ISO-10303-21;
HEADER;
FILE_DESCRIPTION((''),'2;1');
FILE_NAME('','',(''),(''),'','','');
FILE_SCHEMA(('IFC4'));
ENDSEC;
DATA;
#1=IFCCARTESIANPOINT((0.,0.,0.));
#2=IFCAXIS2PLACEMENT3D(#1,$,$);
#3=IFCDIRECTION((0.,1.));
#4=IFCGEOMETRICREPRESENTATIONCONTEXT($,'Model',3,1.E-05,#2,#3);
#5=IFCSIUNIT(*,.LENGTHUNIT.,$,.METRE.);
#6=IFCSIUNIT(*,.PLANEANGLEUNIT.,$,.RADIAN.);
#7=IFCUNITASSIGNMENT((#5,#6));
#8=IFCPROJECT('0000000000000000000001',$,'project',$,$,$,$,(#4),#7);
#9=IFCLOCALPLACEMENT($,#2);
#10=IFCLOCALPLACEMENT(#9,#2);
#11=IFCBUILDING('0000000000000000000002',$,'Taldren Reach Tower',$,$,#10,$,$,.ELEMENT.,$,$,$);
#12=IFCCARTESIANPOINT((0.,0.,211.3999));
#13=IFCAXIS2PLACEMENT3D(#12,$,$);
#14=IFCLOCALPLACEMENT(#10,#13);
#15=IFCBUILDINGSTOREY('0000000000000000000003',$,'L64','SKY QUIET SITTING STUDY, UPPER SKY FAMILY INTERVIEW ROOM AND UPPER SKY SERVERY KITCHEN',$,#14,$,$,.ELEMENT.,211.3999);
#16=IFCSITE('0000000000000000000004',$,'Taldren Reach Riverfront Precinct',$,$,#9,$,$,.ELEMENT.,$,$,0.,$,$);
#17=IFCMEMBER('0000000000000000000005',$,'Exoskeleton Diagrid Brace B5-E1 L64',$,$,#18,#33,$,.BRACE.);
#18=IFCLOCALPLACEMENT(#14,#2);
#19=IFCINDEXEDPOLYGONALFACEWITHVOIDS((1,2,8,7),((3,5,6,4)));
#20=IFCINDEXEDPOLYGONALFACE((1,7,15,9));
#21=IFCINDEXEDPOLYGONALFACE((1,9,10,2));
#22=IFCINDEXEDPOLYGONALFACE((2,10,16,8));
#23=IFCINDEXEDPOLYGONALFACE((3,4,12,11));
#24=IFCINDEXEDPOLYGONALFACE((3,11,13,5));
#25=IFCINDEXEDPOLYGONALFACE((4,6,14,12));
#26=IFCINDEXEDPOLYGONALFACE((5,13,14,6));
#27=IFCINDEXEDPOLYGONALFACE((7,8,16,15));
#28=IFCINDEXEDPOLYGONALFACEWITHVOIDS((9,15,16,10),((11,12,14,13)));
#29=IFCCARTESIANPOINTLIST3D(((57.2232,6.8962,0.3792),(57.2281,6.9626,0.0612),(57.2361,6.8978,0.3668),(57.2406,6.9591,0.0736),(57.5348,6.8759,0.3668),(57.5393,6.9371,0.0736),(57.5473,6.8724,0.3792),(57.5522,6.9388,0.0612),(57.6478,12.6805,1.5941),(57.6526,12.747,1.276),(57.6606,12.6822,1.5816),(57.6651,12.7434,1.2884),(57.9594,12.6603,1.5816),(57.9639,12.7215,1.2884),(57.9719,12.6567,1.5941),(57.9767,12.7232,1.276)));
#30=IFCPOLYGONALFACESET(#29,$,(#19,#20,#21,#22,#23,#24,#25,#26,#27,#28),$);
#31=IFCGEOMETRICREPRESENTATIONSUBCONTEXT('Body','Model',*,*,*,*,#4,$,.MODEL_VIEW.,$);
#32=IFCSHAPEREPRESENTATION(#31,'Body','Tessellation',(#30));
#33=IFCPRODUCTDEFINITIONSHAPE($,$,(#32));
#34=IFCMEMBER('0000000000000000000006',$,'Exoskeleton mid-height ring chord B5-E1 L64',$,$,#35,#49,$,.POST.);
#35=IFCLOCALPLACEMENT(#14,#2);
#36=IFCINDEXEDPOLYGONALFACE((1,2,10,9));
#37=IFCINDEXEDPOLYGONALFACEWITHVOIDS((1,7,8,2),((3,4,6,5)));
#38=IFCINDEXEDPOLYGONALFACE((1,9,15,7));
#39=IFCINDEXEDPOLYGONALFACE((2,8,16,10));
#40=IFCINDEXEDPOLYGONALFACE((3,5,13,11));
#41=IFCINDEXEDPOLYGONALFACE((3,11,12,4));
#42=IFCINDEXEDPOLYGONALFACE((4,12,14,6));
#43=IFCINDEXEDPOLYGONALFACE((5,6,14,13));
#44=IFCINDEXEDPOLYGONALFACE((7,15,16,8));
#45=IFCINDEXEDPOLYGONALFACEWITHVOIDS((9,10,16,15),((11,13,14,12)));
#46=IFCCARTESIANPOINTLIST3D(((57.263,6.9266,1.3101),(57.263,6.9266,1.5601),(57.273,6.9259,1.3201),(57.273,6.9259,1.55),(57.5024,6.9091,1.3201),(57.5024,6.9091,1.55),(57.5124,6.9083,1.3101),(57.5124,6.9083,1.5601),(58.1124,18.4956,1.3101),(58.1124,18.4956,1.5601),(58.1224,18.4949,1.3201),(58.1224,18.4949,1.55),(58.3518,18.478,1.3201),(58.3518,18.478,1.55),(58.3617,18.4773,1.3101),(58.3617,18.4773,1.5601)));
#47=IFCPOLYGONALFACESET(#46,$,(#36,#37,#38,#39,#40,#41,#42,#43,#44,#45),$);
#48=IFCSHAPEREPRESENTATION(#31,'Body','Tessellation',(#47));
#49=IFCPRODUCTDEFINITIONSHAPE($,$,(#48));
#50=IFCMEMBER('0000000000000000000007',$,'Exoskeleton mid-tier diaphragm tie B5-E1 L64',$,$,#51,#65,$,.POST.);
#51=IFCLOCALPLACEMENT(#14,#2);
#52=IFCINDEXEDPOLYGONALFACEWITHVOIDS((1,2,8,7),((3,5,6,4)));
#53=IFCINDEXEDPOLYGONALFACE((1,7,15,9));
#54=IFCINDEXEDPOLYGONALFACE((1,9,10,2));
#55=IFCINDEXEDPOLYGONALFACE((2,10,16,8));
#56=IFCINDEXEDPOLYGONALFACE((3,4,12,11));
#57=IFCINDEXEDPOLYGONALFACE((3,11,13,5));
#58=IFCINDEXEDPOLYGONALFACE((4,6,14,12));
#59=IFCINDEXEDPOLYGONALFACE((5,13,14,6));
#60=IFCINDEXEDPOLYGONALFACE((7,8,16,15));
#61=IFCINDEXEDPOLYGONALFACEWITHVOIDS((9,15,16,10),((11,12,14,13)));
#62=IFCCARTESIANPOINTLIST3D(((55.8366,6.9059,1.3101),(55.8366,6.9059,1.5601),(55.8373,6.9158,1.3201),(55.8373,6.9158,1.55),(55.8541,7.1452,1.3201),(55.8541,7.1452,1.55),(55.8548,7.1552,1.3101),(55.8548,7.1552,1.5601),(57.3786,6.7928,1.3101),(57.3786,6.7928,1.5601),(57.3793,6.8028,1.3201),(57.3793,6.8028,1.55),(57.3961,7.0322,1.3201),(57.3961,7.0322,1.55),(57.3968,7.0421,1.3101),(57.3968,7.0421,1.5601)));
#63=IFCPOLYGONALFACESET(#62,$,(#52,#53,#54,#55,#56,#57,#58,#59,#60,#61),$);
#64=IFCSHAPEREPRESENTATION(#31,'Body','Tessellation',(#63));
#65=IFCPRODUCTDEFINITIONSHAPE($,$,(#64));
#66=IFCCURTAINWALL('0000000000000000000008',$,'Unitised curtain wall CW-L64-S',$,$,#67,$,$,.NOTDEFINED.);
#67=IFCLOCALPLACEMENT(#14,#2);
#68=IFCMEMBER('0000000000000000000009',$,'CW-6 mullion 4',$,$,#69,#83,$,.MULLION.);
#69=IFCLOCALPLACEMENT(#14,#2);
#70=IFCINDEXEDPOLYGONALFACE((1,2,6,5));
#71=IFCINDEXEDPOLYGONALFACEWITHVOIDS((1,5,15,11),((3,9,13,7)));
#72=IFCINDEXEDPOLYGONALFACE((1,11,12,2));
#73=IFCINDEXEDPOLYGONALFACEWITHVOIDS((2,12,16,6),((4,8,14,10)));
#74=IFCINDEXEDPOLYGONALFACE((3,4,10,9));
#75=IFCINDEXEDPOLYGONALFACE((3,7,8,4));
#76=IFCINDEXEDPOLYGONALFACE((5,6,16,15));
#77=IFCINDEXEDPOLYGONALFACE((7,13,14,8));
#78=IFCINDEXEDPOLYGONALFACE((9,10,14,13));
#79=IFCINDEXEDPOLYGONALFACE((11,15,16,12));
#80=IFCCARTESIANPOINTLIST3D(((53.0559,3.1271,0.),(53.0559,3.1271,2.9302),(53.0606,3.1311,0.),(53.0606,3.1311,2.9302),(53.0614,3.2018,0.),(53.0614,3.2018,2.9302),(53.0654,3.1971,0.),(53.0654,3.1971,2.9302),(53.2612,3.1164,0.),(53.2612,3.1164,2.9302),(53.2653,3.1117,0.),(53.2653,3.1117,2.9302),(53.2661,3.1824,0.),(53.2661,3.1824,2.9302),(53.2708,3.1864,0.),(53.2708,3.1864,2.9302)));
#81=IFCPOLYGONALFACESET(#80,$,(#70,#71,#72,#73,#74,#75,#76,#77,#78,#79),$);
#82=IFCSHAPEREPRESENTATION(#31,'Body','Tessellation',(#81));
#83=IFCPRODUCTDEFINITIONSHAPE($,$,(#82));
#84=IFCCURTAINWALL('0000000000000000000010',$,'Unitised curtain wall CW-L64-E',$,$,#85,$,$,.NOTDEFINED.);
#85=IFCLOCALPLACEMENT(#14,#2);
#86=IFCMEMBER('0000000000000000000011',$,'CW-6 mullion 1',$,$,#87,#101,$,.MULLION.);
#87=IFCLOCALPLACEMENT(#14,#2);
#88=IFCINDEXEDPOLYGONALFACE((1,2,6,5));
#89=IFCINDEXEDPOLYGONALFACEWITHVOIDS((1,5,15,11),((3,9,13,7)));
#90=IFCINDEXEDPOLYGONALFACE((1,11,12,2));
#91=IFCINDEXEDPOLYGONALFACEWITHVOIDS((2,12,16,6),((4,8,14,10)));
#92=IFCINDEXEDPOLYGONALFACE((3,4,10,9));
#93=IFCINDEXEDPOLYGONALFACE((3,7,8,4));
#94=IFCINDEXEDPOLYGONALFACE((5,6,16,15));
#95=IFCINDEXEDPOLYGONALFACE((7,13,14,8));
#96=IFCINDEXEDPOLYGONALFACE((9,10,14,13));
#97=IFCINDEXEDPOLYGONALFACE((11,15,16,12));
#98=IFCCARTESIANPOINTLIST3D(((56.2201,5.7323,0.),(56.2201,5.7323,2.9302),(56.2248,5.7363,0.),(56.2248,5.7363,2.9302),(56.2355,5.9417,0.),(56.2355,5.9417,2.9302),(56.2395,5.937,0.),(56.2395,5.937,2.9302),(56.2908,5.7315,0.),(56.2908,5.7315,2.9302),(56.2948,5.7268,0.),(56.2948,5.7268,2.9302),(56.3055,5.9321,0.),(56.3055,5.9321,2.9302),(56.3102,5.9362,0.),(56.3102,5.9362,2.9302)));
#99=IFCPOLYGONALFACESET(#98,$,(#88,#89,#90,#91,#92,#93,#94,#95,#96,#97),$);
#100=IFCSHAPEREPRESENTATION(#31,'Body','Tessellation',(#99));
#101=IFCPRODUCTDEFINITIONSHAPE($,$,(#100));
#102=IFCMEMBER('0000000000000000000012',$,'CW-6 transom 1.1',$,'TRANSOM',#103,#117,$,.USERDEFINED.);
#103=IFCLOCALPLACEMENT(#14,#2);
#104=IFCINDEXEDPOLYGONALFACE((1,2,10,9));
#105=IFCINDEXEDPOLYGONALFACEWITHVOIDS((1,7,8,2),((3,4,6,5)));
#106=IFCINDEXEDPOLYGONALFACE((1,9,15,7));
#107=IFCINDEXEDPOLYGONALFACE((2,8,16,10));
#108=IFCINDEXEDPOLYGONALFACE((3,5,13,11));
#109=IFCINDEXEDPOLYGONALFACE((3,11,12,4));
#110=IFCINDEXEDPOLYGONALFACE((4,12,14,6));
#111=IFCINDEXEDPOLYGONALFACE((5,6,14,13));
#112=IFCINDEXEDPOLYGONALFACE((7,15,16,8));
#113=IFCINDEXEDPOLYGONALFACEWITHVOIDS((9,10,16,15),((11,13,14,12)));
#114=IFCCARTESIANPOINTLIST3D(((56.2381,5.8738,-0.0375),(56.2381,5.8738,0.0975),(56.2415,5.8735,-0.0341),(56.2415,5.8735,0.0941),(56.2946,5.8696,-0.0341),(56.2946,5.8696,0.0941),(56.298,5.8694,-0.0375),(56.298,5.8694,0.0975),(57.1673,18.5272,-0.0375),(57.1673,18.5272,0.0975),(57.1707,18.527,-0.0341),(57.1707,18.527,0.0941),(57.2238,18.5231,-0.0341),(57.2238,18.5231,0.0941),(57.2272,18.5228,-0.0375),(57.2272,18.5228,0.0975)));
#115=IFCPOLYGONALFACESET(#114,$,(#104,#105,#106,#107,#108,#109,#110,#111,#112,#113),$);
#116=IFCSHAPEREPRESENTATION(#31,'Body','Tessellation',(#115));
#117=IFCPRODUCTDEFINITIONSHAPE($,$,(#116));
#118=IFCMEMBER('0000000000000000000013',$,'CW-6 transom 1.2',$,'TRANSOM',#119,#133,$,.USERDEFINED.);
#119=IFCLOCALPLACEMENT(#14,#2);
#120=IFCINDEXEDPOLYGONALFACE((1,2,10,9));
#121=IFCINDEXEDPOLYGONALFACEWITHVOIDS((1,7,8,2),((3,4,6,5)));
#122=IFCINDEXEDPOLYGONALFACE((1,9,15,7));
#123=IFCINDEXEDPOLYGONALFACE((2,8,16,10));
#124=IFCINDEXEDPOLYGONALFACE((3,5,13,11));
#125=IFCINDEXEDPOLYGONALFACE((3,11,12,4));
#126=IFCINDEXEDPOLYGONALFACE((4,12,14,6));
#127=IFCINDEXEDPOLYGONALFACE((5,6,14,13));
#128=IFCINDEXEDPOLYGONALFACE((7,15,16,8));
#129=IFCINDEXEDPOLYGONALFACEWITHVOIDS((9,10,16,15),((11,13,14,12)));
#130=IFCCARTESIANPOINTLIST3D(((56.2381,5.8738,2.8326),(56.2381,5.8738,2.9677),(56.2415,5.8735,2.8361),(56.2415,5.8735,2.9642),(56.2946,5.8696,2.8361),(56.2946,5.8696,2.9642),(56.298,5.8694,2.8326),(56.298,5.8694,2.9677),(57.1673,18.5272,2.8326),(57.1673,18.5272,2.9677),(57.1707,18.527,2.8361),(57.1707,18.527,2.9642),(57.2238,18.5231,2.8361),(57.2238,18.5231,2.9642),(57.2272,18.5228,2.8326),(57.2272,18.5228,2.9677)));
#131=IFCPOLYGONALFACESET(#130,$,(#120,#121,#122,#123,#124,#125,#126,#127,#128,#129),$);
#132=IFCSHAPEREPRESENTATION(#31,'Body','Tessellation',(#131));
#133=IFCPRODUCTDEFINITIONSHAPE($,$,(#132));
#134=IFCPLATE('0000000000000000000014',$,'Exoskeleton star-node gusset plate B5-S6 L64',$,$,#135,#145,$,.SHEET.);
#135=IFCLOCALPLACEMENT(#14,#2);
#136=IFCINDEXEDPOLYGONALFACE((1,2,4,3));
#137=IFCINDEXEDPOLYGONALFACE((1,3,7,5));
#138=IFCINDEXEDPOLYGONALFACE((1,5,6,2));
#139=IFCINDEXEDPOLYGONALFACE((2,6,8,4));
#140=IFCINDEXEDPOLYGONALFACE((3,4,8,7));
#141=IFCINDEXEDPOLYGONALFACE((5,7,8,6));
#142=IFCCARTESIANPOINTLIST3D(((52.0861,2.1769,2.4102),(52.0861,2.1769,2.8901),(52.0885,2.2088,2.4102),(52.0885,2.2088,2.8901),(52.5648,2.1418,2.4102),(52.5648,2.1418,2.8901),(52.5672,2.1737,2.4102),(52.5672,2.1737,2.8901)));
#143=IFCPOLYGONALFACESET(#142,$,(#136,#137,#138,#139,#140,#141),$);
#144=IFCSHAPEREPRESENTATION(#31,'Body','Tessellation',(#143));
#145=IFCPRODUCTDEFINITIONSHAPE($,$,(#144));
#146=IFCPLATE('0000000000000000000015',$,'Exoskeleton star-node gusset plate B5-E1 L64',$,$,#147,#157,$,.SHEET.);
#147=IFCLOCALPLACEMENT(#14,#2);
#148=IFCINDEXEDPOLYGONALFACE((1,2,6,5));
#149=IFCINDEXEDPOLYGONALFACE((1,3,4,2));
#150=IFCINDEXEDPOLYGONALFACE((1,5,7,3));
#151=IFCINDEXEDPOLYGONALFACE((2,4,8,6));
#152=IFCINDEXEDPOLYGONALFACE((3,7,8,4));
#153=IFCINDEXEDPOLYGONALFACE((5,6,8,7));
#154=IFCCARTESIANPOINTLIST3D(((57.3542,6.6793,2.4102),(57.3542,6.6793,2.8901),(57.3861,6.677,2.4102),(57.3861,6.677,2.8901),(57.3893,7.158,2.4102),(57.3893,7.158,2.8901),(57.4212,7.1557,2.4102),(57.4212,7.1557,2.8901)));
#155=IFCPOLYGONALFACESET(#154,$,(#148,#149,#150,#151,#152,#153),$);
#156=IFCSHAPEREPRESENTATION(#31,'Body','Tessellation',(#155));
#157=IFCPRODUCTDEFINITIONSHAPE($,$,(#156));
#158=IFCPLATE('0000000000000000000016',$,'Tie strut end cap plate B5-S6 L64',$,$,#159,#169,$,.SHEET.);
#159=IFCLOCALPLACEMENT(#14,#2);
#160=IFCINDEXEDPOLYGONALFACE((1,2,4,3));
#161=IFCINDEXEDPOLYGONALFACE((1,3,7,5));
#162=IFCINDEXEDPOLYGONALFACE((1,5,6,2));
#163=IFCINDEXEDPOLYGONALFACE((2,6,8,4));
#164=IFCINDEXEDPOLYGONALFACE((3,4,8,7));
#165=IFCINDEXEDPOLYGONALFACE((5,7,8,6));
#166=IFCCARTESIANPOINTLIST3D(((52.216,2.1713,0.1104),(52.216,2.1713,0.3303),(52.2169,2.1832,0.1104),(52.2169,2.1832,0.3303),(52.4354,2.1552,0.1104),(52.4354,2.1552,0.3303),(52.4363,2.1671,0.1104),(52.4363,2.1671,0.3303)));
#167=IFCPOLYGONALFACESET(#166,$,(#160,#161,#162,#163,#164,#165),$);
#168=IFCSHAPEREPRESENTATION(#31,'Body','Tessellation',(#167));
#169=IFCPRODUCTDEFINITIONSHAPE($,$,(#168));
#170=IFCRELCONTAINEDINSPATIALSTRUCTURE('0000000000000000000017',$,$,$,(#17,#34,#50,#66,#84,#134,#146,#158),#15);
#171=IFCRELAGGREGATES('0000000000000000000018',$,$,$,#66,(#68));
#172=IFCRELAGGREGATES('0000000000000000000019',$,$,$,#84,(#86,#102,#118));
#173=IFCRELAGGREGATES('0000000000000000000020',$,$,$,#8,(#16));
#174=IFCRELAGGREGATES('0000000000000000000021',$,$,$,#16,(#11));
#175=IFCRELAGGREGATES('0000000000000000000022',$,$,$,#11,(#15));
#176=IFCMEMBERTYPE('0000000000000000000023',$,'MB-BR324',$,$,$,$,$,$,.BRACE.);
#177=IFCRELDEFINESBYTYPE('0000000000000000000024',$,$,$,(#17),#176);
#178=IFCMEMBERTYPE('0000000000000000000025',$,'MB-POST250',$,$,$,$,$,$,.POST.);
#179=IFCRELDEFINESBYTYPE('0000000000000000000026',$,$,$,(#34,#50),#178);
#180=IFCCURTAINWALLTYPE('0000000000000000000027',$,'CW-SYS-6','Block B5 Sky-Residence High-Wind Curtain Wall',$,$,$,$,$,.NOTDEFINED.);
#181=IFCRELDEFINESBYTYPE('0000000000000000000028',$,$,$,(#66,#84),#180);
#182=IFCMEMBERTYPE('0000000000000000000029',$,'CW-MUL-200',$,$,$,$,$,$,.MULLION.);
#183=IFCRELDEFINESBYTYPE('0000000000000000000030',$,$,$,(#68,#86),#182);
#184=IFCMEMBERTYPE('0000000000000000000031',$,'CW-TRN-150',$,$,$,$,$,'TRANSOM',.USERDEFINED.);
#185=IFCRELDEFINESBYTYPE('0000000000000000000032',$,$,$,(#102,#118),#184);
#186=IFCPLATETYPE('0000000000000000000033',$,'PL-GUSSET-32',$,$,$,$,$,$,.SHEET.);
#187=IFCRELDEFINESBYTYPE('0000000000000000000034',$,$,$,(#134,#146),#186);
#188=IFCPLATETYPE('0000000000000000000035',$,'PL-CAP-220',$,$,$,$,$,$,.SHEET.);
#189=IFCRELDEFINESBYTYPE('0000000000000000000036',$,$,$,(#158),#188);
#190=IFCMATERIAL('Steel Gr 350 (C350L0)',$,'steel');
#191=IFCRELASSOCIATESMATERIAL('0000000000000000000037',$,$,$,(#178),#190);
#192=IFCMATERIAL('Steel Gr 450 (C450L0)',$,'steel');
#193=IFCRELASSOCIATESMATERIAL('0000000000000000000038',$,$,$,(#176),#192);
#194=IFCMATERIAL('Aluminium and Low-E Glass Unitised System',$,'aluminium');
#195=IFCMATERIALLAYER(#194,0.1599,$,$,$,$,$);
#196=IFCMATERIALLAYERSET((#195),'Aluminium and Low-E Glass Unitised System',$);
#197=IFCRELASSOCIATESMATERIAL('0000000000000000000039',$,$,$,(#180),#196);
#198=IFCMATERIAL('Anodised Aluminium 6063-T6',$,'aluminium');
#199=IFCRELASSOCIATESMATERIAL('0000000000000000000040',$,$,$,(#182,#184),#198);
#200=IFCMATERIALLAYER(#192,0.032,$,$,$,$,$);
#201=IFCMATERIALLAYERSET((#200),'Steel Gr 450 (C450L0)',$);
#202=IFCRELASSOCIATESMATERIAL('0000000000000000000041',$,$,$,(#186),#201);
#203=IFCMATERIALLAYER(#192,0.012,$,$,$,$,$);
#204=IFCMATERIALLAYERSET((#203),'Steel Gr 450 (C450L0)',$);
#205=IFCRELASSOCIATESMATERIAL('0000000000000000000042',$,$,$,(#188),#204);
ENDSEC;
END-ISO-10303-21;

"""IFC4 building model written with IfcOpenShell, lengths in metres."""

from ifc_helpers import new_model, si_unit, direction, frame, origin, origin_2d, place, context, subcontext, project, spatial, rectangle, hollow_rectangle, extrude, source, transform, mapped, material, layer, layer_set, material_profile, profile_set, type_object, element, aggregate, save


model = new_model("IFC4")

# Units and contexts
model_context = context("Model", 3, precision=1e-05, world=origin(), true_north=direction((0.0, 1.0)))
body_context = subcontext(model_context, "Body", "Model", "MODEL_VIEW")
ifc_project = project(units=[si_unit("LENGTHUNIT", "METRE"), si_unit("PLANEANGLEUNIT", "RADIAN")], contexts=[model_context])

# Site, building, storey
site_placement = place(None, origin())
site = spatial("IfcSite", under=ifc_project, at=site_placement, Name="Taldren Reach Riverfront Precinct", CompositionType="ELEMENT", RefElevation=0.0)
building_placement = place(site_placement, origin())
building = spatial("IfcBuilding", under=site, at=building_placement, Name="Taldren Reach Tower", CompositionType="ELEMENT")
storey_placement = place(building_placement, frame((0.0, 0.0, 211.3999)))
storey = spatial("IfcBuildingStorey", under=building, at=storey_placement, Name="L64", Description="SKY QUIET SITTING STUDY, UPPER SKY FAMILY INTERVIEW ROOM AND UPPER SKY SERVERY KITCHEN", CompositionType="ELEMENT", Elevation=211.3999)

# Shared definitions
ifc_material_1 = material(Name="Steel Gr 350 (C350L0)", Category="steel")

# Shared definitions
ifc_material_profile_1 = material_profile(ifc_material_1, hollow_rectangle(XDim=0.25, YDim=0.25, WallThickness=0.01, at=origin_2d()), Name="250x250x10.0SHS")
ifc_profile_set_1 = profile_set([ifc_material_profile_1], Name="Steel Gr 350 (C350L0)")
member_type_1 = type_object("IfcMemberType", Name="MB-POST250", PredefinedType="POST", material=ifc_profile_set_1)
ifc_material_2 = material(Name="Steel Gr 450 (C450L0)", Category="steel")

# Members
ifc_material_profile_2 = material_profile(ifc_material_2, hollow_rectangle(XDim=0.325, YDim=0.325, WallThickness=0.0127, at=origin_2d()), Name="325x325x12.7SHS")
ifc_profile_set_2 = profile_set([ifc_material_profile_2], Name="Steel Gr 450 (C450L0)")
member_type_2 = type_object("IfcMemberType", Name="MB-BR324", PredefinedType="BRACE", material=ifc_profile_set_2)
shared_shape_1 = source(origin(), body_context, "Body", "SweptSolid", [
    extrude(hollow_rectangle(XDim=0.325, YDim=0.325, WallThickness=0.0127, at=origin_2d()), origin(), (0.0, 0.0, 1.0), 5.9258),
])
member_1_placement = place(storey_placement, frame((57.3877, 6.9175, 0.2202), z_axis=(0.071646, 0.976135, 0.205008), x_axis=(-0.997317, 0.0732, 0.0)))
element("IfcMember", 1, at=member_1_placement, inside=storey, type_object=member_type_2, Name="Exoskeleton Diagrid Brace B5-E1 L64", PredefinedType="BRACE", context=body_context, shape_type="MappedRepresentation", body=[
    mapped(shared_shape_1, transform((0.0, 0.0, 0.0), scale=1.0)),
])
shared_shape_2 = source(origin(), body_context, "Body", "SweptSolid", [
    extrude(hollow_rectangle(XDim=0.25, YDim=0.25, WallThickness=0.01, at=origin_2d()), origin(), (0.0, 0.0, 1.0), 11.6001),
])
member_2_placement = place(storey_placement, frame((57.3877, 6.9175, 1.4351), z_axis=(0.073221, 0.997316, 0.0), x_axis=(-0.997316, 0.073221, 0.0)))
element("IfcMember", 2, at=member_2_placement, inside=storey, type_object=member_type_1, Name="Exoskeleton mid-height ring chord B5-E1 L64", PredefinedType="POST", context=body_context, shape_type="MappedRepresentation", body=[
    mapped(shared_shape_2, transform((0.0, 0.0, 0.0), scale=1.0)),
])
shared_shape_3 = source(origin(), body_context, "Body", "SweptSolid", [
    extrude(hollow_rectangle(XDim=0.25, YDim=0.25, WallThickness=0.01, at=origin_2d()), origin(), (0.0, 0.0, 1.0), 1.5461),
])
member_3_placement = place(storey_placement, frame((55.8457, 7.0305, 1.4351), z_axis=(0.997324, -0.07311, 0.0), x_axis=(0.07311, 0.997324, 0.0)))
element("IfcMember", 3, at=member_3_placement, inside=storey, type_object=member_type_1, Name="Exoskeleton mid-tier diaphragm tie B5-E1 L64", PredefinedType="POST", context=body_context, shape_type="MappedRepresentation", body=[
    mapped(shared_shape_3, transform((0.0, 0.0, 0.0), scale=1.0)),
])

# Curtain wall, member
ifc_material_3 = material(Name="Aluminium and Low-E Glass Unitised System", Category="aluminium")
ifc_layer_1 = layer(ifc_material_3, 0.1599)
ifc_layer_set_1 = layer_set([ifc_layer_1], Name="Aluminium and Low-E Glass Unitised System")
curtain_wall_type = type_object("IfcCurtainWallType", Name="CW-SYS-6", Description="Block B5 Sky-Residence High-Wind Curtain Wall", PredefinedType="NOTDEFINED", material=ifc_layer_set_1)
curtain_wall_1_placement = place(storey_placement, origin())
curtain_wall_1 = element("IfcCurtainWall", 4, at=curtain_wall_1_placement, inside=storey, type_object=curtain_wall_type, Name="Unitised curtain wall CW-L64-S", PredefinedType="NOTDEFINED")
ifc_material_4 = material(Name="Anodised Aluminium 6063-T6", Category="aluminium")
ifc_material_profile_3 = material_profile(ifc_material_4, hollow_rectangle(XDim=0.075, YDim=0.21, WallThickness=0.0044, at=origin_2d()), Name="ALU-210x75x4.5RHS")
ifc_profile_set_3 = profile_set([ifc_material_profile_3], Name="Anodised Aluminium 6063-T6")
member_type_3 = type_object("IfcMemberType", Name="CW-MUL-200", PredefinedType="MULLION", material=ifc_profile_set_3)
shared_shape_4 = source(origin(), body_context, "Body", "SweptSolid", [
    extrude(hollow_rectangle(XDim=0.075, YDim=0.21, WallThickness=0.0044, at=origin_2d()), origin(), (0.0, 0.0, 1.0), 2.9302),
])
member_4_placement = place(storey_placement, frame((53.1633, 3.1567, 0.0), z_axis=(0.0, 0.0, 1.0), x_axis=(0.073238, 0.997314, 0.0)))
member_4 = element("IfcMember", 5, at=member_4_placement, type_object=member_type_3, Name="CW-6 mullion 4", PredefinedType="MULLION", context=body_context, shape_type="MappedRepresentation", body=[
    mapped(shared_shape_4, transform((0.0, 0.0, 0.0), scale=1.0)),
])
aggregate(curtain_wall_1, [member_4])

# Curtain wall, members
curtain_wall_2_placement = place(storey_placement, origin())
curtain_wall_2 = element("IfcCurtainWall", 6, at=curtain_wall_2_placement, inside=storey, type_object=curtain_wall_type, Name="Unitised curtain wall CW-L64-E", PredefinedType="NOTDEFINED")
member_5_placement = place(storey_placement, frame((56.2651, 5.8342, 0.0), z_axis=(0.0, 0.0, 1.0), x_axis=(-0.997314, 0.073238, 0.0)))
member_5 = element("IfcMember", 7, at=member_5_placement, type_object=member_type_3, Name="CW-6 mullion 1", PredefinedType="MULLION", context=body_context, shape_type="MappedRepresentation", body=[
    mapped(shared_shape_4, transform((0.0, 0.0, 0.0), scale=1.0)),
])
ifc_material_profile_4 = material_profile(ifc_material_4, hollow_rectangle(XDim=0.0601, YDim=0.135, WallThickness=0.0034, at=origin_2d()), Name="ALU-135x60x3.5RHS")
ifc_profile_set_4 = profile_set([ifc_material_profile_4], Name="Anodised Aluminium 6063-T6")
member_type_4 = type_object("IfcMemberType", Name="CW-TRN-150", ElementType="TRANSOM", PredefinedType="USERDEFINED", material=ifc_profile_set_4)
shared_shape_5 = source(origin(), body_context, "Body", "SweptSolid", [
    extrude(hollow_rectangle(XDim=0.0601, YDim=0.135, WallThickness=0.0034, at=origin_2d()), origin(), (0.0, 0.0, 1.0), 12.6875),
])
member_6_placement = place(storey_placement, frame((56.2681, 5.8716, 0.03), z_axis=(0.073238, 0.997314, 0.0), x_axis=(-0.997314, 0.073238, 0.0)))
member_6 = element("IfcMember", 8, at=member_6_placement, type_object=member_type_4, Name="CW-6 transom 1.1", ObjectType="TRANSOM", PredefinedType="USERDEFINED", context=body_context, shape_type="MappedRepresentation", body=[
    mapped(shared_shape_5, transform((0.0, 0.0, 0.0), scale=1.0)),
])
member_7_placement = place(storey_placement, frame((56.2681, 5.8716, 2.9001), z_axis=(0.073238, 0.997314, 0.0), x_axis=(-0.997314, 0.073238, 0.0)))
member_7 = element("IfcMember", 9, at=member_7_placement, type_object=member_type_4, Name="CW-6 transom 1.2", ObjectType="TRANSOM", PredefinedType="USERDEFINED", context=body_context, shape_type="MappedRepresentation", body=[
    mapped(shared_shape_5, transform((0.0, 0.0, 0.0), scale=1.0)),
])

# Plates
ifc_layer_2 = layer(ifc_material_2, 0.032)
ifc_layer_set_2 = layer_set([ifc_layer_2], Name="Steel Gr 450 (C450L0)")
plate_type_1 = type_object("IfcPlateType", Name="PL-GUSSET-32", PredefinedType="SHEET", material=ifc_layer_set_2)
shared_shape_6 = source(origin(), body_context, "Body", "SweptSolid", [
    extrude(rectangle(XDim=0.48, YDim=0.032, at=origin_2d()), origin(), (0.0, 0.0, 1.0), 0.48),
])
for number, where, z_axis, x_axis, name in (
    (10, (52.3267, 2.1753, 2.4102), (0.0, 0.0, 1.0), (0.997314, -0.073238, 0.0), "Exoskeleton star-node gusset plate B5-S6 L64"),
    (11, (57.3877, 6.9175, 2.4102), (0.0, 0.0, 1.0), (0.073238, 0.997314, 0.0), "Exoskeleton star-node gusset plate B5-E1 L64"),
):
    element("IfcPlate", number, at=place(storey_placement, frame(where, z_axis=z_axis, x_axis=x_axis)), inside=storey, type_object=plate_type_1, Name=name, PredefinedType="SHEET", context=body_context, shape_type="MappedRepresentation", body=[
        mapped(shared_shape_6, transform((0.0, 0.0, 0.0), scale=1.0)),
    ])
ifc_layer_3 = layer(ifc_material_2, 0.012)
ifc_layer_set_3 = layer_set([ifc_layer_3], Name="Steel Gr 450 (C450L0)")
plate_type_2 = type_object("IfcPlateType", Name="PL-CAP-220", PredefinedType="SHEET", material=ifc_layer_set_3)
shared_shape_7 = source(origin(), body_context, "Body", "SweptSolid", [
    extrude(rectangle(XDim=0.22, YDim=0.012, at=origin_2d()), origin(), (0.0, 0.0, 1.0), 0.22),
])
plate_1_placement = place(storey_placement, frame((52.3262, 2.1692, 0.1104), z_axis=(0.0, 0.0, 1.0), x_axis=(0.997314, -0.073238, 0.0)))
element("IfcPlate", 12, at=plate_1_placement, inside=storey, type_object=plate_type_2, Name="Tie strut end cap plate B5-S6 L64", PredefinedType="SHEET", context=body_context, shape_type="MappedRepresentation", body=[
    mapped(shared_shape_7, transform((0.0, 0.0, 0.0), scale=1.0)),
])

aggregate(curtain_wall_2, [member_5, member_6, member_7])

save(model, "model.ifc")
